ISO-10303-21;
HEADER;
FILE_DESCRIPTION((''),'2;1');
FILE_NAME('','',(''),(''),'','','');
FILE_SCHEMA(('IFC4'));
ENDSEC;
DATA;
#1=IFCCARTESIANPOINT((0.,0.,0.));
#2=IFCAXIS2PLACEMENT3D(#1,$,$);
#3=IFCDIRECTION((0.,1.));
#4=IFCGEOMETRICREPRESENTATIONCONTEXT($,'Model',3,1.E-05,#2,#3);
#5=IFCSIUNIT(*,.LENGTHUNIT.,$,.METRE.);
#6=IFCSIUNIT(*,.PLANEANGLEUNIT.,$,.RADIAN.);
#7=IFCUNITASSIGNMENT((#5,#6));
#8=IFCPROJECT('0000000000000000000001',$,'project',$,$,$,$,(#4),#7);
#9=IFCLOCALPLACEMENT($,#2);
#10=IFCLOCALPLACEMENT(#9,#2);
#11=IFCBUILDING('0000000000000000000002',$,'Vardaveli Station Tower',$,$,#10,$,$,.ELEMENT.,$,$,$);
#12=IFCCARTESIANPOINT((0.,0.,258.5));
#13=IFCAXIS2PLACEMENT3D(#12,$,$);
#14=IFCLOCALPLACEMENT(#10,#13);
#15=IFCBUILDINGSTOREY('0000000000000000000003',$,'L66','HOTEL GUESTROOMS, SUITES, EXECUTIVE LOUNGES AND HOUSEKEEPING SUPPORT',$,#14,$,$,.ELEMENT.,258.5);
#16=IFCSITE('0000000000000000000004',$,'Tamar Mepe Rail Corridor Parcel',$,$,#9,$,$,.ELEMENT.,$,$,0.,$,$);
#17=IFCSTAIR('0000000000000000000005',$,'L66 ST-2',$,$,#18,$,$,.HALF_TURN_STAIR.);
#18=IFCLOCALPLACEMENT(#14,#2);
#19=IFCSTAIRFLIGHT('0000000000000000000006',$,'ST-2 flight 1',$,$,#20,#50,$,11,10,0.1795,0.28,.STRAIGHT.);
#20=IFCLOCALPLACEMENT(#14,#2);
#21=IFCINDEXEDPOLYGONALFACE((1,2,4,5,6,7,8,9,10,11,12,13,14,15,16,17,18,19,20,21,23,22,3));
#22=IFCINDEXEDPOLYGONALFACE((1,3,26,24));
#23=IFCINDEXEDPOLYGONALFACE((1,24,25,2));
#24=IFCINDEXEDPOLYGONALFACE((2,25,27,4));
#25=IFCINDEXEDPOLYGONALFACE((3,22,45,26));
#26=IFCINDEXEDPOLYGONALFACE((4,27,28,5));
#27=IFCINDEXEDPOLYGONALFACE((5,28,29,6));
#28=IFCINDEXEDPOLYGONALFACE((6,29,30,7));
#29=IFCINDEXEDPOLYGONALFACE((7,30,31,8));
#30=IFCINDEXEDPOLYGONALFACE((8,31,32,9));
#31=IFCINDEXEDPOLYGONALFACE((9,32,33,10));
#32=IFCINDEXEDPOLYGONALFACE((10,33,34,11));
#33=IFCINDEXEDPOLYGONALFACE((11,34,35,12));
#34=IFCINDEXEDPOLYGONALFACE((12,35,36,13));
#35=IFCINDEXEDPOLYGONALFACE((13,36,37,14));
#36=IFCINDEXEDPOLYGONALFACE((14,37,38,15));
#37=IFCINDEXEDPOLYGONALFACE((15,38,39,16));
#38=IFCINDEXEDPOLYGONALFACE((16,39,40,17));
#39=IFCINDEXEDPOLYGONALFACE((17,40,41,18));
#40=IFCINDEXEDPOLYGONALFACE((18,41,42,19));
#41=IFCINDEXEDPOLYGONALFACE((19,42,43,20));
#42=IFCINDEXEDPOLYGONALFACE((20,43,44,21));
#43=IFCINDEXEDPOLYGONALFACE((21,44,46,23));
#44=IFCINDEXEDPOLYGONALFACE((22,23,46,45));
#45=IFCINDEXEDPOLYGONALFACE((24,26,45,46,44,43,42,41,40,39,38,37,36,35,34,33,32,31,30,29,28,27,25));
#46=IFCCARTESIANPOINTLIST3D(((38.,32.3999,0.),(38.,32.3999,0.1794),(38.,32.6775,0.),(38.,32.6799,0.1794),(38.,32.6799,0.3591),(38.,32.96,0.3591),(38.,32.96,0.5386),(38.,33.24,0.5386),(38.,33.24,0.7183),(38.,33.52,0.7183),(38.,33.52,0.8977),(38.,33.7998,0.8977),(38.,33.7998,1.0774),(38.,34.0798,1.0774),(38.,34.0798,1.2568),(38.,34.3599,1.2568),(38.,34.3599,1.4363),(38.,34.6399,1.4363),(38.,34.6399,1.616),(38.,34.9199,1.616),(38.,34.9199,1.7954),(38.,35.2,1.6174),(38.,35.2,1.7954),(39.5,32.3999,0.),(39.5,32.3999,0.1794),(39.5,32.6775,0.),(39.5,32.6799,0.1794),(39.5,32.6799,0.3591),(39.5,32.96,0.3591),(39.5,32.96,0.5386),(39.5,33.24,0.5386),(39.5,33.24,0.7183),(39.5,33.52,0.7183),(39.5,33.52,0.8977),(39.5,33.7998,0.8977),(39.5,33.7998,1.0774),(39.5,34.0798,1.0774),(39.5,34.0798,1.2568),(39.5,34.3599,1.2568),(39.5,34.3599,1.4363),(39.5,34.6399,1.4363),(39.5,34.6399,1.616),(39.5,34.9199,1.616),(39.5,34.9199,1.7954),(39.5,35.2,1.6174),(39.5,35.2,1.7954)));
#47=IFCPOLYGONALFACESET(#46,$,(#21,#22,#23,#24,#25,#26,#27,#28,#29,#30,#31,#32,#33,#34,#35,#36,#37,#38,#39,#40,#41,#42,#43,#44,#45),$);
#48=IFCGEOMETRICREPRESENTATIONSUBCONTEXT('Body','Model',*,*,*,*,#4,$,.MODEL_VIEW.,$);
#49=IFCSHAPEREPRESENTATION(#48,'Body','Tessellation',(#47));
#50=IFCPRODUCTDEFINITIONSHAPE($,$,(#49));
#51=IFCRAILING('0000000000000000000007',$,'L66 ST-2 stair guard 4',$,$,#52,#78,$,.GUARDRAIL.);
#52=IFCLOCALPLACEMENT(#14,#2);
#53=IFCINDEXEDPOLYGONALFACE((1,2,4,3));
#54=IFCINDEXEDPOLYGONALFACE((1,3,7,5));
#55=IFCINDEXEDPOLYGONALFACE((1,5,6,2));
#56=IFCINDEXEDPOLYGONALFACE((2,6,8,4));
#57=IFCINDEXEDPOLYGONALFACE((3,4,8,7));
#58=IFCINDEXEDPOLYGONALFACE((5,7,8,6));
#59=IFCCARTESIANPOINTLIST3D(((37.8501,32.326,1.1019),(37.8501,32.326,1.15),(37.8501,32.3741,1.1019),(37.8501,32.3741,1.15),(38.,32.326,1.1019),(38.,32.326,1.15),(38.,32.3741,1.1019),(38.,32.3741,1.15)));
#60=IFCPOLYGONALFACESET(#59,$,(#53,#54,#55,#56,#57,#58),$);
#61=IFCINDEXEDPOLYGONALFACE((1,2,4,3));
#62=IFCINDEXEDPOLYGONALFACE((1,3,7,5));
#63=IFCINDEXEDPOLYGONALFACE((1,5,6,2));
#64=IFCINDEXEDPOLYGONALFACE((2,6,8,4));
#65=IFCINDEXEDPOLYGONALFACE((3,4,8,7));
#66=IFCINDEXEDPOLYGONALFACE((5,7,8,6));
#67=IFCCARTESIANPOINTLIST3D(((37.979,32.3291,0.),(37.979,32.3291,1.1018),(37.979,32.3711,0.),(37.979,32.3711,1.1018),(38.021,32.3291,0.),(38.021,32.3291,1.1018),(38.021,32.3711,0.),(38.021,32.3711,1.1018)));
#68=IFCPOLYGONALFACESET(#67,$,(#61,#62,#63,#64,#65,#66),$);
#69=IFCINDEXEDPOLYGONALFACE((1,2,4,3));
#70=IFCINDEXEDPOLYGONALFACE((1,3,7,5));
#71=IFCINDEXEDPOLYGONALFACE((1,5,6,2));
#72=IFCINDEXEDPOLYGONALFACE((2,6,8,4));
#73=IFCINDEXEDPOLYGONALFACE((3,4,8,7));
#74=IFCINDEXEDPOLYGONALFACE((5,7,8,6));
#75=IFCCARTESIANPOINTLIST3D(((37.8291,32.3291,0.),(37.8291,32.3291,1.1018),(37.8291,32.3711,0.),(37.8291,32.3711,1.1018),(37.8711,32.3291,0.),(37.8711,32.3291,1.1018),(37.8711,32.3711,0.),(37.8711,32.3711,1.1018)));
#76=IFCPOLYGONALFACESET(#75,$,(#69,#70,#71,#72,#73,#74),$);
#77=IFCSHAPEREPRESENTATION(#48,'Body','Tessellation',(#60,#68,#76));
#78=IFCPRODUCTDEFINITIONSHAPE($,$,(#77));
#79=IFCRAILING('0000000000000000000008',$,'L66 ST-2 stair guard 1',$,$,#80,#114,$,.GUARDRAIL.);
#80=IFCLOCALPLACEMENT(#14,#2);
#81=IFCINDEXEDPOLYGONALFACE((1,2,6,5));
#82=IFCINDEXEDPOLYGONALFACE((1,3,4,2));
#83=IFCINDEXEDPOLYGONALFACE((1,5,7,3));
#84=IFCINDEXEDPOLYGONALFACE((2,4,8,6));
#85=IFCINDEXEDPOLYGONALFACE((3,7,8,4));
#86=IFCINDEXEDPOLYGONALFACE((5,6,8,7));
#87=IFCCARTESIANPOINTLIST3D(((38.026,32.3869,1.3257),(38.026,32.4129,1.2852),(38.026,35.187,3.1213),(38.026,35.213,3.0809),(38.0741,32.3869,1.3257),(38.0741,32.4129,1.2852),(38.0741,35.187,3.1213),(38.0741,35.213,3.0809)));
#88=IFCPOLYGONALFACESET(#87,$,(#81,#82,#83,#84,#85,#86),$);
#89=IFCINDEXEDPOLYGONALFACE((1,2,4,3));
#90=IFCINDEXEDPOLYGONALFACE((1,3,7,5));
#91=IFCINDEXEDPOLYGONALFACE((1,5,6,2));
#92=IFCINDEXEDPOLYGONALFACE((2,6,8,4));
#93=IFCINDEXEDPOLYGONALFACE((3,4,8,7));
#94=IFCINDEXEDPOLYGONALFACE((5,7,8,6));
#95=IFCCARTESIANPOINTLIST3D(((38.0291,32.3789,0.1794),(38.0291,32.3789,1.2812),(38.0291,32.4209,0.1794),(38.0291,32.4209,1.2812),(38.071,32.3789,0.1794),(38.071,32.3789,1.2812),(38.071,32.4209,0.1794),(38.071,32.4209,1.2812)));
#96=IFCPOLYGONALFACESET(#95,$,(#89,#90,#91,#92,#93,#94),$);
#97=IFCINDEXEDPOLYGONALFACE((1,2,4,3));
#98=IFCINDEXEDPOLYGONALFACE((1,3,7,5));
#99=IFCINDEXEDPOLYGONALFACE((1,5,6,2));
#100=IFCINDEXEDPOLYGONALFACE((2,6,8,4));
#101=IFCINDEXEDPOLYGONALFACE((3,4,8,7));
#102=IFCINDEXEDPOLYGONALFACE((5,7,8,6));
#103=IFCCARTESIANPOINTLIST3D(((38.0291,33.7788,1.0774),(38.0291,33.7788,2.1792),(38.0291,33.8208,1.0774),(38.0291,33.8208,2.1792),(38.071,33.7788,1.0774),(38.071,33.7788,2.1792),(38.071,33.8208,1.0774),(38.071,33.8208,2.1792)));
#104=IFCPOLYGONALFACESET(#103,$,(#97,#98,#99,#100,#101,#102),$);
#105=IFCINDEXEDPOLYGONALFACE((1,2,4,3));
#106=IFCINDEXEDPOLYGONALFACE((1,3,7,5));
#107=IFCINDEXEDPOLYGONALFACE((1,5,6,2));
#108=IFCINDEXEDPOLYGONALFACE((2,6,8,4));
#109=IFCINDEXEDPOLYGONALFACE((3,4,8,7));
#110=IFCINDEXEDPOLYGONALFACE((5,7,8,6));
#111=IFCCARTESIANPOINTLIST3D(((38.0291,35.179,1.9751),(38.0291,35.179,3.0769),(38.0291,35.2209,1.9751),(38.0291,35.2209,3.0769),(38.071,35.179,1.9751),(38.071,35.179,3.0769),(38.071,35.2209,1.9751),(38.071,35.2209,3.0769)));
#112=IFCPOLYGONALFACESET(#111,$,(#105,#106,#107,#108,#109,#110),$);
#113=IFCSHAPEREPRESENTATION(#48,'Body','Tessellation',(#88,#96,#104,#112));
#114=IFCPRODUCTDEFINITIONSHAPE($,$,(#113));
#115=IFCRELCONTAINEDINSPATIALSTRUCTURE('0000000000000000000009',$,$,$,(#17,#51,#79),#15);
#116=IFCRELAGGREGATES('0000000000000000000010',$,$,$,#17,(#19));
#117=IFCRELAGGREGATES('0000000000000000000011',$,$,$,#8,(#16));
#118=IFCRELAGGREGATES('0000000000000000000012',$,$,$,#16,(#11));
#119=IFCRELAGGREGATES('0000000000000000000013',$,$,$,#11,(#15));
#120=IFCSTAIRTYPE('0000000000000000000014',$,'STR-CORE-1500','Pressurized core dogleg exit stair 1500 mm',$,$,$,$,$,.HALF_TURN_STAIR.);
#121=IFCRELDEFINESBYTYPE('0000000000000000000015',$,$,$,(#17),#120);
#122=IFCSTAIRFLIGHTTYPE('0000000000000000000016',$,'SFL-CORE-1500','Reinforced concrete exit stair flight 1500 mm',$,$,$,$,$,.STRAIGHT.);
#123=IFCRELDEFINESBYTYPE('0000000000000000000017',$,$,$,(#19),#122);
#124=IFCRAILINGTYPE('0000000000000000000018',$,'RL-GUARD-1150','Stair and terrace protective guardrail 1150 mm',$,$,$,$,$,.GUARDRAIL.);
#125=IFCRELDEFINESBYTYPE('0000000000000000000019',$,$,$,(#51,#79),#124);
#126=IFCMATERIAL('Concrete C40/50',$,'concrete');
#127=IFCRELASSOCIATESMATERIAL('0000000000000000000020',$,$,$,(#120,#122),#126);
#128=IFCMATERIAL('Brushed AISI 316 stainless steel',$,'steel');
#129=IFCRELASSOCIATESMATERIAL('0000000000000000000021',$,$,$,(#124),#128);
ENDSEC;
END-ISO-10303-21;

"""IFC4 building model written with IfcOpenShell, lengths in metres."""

from ifc_helpers import new_model, si_unit, direction, frame, origin, origin_2d, place, context, subcontext, project, spatial, polyline, rectangle, outline, extrude, source, transform, mapped, material, type_object, element, aggregate, save


model = new_model("IFC4")

# Units and contexts
model_context = context("Model", 3, precision=1e-05, world=origin(), true_north=direction((0.0, 1.0)))
body_context = subcontext(model_context, "Body", "Model", "MODEL_VIEW")
ifc_project = project(units=[si_unit("LENGTHUNIT", "METRE"), si_unit("PLANEANGLEUNIT", "RADIAN")], contexts=[model_context])

# Site, building, storey
site_placement = place(None, origin())
site = spatial("IfcSite", under=ifc_project, at=site_placement, Name="Tamar Mepe Rail Corridor Parcel", CompositionType="ELEMENT", RefElevation=0.0)
building_placement = place(site_placement, origin())
building = spatial("IfcBuilding", under=site, at=building_placement, Name="Vardaveli Station Tower", CompositionType="ELEMENT")
storey_placement = place(building_placement, frame((0.0, 0.0, 258.5)))
storey = spatial("IfcBuildingStorey", under=building, at=storey_placement, Name="L66", Description="HOTEL GUESTROOMS, SUITES, EXECUTIVE LOUNGES AND HOUSEKEEPING SUPPORT", CompositionType="ELEMENT", Elevation=258.5)

# Shared definitions
ifc_material_1 = material(Name="Concrete C40/50", Category="concrete")

# Stair, stair flight
stair_type = type_object("IfcStairType", Name="STR-CORE-1500", Description="Pressurized core dogleg exit stair 1500 mm", PredefinedType="HALF_TURN_STAIR", material=ifc_material_1)
stair_placement = place(storey_placement, origin())
stair = element("IfcStair", 1, at=stair_placement, inside=storey, type_object=stair_type, Name="L66 ST-2", PredefinedType="HALF_TURN_STAIR")
stair_flight_type = type_object("IfcStairFlightType", Name="SFL-CORE-1500", Description="Reinforced concrete exit stair flight 1500 mm", PredefinedType="STRAIGHT", material=ifc_material_1)
shared_shape_1 = source(origin(), body_context, "Body", "SweptSolid", [
    extrude(outline(polyline([(0.0, 0.0), (0.0, 0.1794), (0.28, 0.1794), (0.28, 0.3591), (0.5601, 0.3591), (0.5601, 0.5386), (0.8401, 0.5386), (0.8401, 0.7183), (1.1201, 0.7183), (1.1201, 0.8977), (1.3999, 0.8977), (1.3999, 1.0774), (1.6799, 1.0774), (1.6799, 1.2568), (1.96, 1.2568), (1.96, 1.4363), (2.24, 1.4363), (2.24, 1.616), (2.52, 1.616), (2.52, 1.7954), (2.8, 1.7954), (2.8, 1.9751), (2.8, 1.6174), (0.2776, 0.0), (0.0, 0.0)])), frame((0.0, 0.75, 0.0), z_axis=(0.0, -1.0, 0.0), x_axis=(1.0, 0.0, 0.0)), (0.0, 0.0, 1.0), 1.5),
])
stair_flight_placement = place(storey_placement, frame((38.75, 32.3999, 0.0), z_axis=(0.0, 0.0, 1.0), x_axis=(0.0, 1.0, 0.0)))
stair_flight = element("IfcStairFlight", 2, at=stair_flight_placement, type_object=stair_flight_type, Name="ST-2 flight 1", NumberOfRisers=11, NumberOfTreads=10, PredefinedType="STRAIGHT", RiserHeight=0.1795, TreadLength=0.28, context=body_context, shape_type="MappedRepresentation", body=[
    mapped(shared_shape_1, transform((0.0, 0.0, 0.0), scale=1.0)),
])
aggregate(stair, [stair_flight])

# Railings
ifc_material_2 = material(Name="Brushed AISI 316 stainless steel", Category="steel")
railing_type = type_object("IfcRailingType", Name="RL-GUARD-1150", Description="Stair and terrace protective guardrail 1150 mm", PredefinedType="GUARDRAIL", material=ifc_material_2)
shared_shape_2 = source(origin(), body_context, "Body", "SweptSolid", [
    extrude(rectangle(XDim=0.0481, YDim=0.0481, at=origin_2d()), frame((0.0, 0.0, 1.126), z_axis=(-1.0, 0.0, 0.0), x_axis=(0.0, -1.0, 0.0)), (0.0, 0.0, 1.0), 0.1499),
    extrude(rectangle(XDim=0.042, YDim=0.042, at=origin_2d()), origin(), (0.0, 0.0, 1.0), 1.1018),
    extrude(rectangle(XDim=0.042, YDim=0.042, at=origin_2d()), frame((-0.1499, 0.0, 0.0)), (0.0, 0.0, 1.0), 1.1018),
])
railing_1_placement = place(storey_placement, frame((38.0, 32.3501, 0.0)))
element("IfcRailing", 3, at=railing_1_placement, inside=storey, type_object=railing_type, Name="L66 ST-2 stair guard 4", PredefinedType="GUARDRAIL", context=body_context, shape_type="MappedRepresentation", body=[
    mapped(shared_shape_2, transform((0.0, 0.0, 0.0), scale=1.0)),
])
shared_shape_3 = source(origin(), body_context, "Body", "SweptSolid", [
    extrude(rectangle(XDim=0.0481, YDim=0.0481, at=origin_2d()), frame((0.0, 0.0, 1.126), z_axis=(0.0, 0.841777, 0.539826), x_axis=(-1.0, 0.0, 0.0)), (0.0, 0.0, 1.0), 3.3264),
    extrude(rectangle(XDim=0.042, YDim=0.042, at=origin_2d()), origin(), (0.0, 0.0, 1.0), 1.1018),
    extrude(rectangle(XDim=0.042, YDim=0.042, at=origin_2d()), frame((0.0, 1.3999, 0.8979)), (0.0, 0.0, 1.0), 1.1018),
    extrude(rectangle(XDim=0.042, YDim=0.042, at=origin_2d()), frame((0.0, 2.8, 1.7957)), (0.0, 0.0, 1.0), 1.1018),
])
railing_2_placement = place(storey_placement, frame((38.05, 32.3999, 0.1794)))
element("IfcRailing", 4, at=railing_2_placement, inside=storey, type_object=railing_type, Name="L66 ST-2 stair guard 1", PredefinedType="GUARDRAIL", context=body_context, shape_type="MappedRepresentation", body=[
    mapped(shared_shape_3, transform((0.0, 0.0, 0.0), scale=1.0)),
])

save(model, "model.ifc")
